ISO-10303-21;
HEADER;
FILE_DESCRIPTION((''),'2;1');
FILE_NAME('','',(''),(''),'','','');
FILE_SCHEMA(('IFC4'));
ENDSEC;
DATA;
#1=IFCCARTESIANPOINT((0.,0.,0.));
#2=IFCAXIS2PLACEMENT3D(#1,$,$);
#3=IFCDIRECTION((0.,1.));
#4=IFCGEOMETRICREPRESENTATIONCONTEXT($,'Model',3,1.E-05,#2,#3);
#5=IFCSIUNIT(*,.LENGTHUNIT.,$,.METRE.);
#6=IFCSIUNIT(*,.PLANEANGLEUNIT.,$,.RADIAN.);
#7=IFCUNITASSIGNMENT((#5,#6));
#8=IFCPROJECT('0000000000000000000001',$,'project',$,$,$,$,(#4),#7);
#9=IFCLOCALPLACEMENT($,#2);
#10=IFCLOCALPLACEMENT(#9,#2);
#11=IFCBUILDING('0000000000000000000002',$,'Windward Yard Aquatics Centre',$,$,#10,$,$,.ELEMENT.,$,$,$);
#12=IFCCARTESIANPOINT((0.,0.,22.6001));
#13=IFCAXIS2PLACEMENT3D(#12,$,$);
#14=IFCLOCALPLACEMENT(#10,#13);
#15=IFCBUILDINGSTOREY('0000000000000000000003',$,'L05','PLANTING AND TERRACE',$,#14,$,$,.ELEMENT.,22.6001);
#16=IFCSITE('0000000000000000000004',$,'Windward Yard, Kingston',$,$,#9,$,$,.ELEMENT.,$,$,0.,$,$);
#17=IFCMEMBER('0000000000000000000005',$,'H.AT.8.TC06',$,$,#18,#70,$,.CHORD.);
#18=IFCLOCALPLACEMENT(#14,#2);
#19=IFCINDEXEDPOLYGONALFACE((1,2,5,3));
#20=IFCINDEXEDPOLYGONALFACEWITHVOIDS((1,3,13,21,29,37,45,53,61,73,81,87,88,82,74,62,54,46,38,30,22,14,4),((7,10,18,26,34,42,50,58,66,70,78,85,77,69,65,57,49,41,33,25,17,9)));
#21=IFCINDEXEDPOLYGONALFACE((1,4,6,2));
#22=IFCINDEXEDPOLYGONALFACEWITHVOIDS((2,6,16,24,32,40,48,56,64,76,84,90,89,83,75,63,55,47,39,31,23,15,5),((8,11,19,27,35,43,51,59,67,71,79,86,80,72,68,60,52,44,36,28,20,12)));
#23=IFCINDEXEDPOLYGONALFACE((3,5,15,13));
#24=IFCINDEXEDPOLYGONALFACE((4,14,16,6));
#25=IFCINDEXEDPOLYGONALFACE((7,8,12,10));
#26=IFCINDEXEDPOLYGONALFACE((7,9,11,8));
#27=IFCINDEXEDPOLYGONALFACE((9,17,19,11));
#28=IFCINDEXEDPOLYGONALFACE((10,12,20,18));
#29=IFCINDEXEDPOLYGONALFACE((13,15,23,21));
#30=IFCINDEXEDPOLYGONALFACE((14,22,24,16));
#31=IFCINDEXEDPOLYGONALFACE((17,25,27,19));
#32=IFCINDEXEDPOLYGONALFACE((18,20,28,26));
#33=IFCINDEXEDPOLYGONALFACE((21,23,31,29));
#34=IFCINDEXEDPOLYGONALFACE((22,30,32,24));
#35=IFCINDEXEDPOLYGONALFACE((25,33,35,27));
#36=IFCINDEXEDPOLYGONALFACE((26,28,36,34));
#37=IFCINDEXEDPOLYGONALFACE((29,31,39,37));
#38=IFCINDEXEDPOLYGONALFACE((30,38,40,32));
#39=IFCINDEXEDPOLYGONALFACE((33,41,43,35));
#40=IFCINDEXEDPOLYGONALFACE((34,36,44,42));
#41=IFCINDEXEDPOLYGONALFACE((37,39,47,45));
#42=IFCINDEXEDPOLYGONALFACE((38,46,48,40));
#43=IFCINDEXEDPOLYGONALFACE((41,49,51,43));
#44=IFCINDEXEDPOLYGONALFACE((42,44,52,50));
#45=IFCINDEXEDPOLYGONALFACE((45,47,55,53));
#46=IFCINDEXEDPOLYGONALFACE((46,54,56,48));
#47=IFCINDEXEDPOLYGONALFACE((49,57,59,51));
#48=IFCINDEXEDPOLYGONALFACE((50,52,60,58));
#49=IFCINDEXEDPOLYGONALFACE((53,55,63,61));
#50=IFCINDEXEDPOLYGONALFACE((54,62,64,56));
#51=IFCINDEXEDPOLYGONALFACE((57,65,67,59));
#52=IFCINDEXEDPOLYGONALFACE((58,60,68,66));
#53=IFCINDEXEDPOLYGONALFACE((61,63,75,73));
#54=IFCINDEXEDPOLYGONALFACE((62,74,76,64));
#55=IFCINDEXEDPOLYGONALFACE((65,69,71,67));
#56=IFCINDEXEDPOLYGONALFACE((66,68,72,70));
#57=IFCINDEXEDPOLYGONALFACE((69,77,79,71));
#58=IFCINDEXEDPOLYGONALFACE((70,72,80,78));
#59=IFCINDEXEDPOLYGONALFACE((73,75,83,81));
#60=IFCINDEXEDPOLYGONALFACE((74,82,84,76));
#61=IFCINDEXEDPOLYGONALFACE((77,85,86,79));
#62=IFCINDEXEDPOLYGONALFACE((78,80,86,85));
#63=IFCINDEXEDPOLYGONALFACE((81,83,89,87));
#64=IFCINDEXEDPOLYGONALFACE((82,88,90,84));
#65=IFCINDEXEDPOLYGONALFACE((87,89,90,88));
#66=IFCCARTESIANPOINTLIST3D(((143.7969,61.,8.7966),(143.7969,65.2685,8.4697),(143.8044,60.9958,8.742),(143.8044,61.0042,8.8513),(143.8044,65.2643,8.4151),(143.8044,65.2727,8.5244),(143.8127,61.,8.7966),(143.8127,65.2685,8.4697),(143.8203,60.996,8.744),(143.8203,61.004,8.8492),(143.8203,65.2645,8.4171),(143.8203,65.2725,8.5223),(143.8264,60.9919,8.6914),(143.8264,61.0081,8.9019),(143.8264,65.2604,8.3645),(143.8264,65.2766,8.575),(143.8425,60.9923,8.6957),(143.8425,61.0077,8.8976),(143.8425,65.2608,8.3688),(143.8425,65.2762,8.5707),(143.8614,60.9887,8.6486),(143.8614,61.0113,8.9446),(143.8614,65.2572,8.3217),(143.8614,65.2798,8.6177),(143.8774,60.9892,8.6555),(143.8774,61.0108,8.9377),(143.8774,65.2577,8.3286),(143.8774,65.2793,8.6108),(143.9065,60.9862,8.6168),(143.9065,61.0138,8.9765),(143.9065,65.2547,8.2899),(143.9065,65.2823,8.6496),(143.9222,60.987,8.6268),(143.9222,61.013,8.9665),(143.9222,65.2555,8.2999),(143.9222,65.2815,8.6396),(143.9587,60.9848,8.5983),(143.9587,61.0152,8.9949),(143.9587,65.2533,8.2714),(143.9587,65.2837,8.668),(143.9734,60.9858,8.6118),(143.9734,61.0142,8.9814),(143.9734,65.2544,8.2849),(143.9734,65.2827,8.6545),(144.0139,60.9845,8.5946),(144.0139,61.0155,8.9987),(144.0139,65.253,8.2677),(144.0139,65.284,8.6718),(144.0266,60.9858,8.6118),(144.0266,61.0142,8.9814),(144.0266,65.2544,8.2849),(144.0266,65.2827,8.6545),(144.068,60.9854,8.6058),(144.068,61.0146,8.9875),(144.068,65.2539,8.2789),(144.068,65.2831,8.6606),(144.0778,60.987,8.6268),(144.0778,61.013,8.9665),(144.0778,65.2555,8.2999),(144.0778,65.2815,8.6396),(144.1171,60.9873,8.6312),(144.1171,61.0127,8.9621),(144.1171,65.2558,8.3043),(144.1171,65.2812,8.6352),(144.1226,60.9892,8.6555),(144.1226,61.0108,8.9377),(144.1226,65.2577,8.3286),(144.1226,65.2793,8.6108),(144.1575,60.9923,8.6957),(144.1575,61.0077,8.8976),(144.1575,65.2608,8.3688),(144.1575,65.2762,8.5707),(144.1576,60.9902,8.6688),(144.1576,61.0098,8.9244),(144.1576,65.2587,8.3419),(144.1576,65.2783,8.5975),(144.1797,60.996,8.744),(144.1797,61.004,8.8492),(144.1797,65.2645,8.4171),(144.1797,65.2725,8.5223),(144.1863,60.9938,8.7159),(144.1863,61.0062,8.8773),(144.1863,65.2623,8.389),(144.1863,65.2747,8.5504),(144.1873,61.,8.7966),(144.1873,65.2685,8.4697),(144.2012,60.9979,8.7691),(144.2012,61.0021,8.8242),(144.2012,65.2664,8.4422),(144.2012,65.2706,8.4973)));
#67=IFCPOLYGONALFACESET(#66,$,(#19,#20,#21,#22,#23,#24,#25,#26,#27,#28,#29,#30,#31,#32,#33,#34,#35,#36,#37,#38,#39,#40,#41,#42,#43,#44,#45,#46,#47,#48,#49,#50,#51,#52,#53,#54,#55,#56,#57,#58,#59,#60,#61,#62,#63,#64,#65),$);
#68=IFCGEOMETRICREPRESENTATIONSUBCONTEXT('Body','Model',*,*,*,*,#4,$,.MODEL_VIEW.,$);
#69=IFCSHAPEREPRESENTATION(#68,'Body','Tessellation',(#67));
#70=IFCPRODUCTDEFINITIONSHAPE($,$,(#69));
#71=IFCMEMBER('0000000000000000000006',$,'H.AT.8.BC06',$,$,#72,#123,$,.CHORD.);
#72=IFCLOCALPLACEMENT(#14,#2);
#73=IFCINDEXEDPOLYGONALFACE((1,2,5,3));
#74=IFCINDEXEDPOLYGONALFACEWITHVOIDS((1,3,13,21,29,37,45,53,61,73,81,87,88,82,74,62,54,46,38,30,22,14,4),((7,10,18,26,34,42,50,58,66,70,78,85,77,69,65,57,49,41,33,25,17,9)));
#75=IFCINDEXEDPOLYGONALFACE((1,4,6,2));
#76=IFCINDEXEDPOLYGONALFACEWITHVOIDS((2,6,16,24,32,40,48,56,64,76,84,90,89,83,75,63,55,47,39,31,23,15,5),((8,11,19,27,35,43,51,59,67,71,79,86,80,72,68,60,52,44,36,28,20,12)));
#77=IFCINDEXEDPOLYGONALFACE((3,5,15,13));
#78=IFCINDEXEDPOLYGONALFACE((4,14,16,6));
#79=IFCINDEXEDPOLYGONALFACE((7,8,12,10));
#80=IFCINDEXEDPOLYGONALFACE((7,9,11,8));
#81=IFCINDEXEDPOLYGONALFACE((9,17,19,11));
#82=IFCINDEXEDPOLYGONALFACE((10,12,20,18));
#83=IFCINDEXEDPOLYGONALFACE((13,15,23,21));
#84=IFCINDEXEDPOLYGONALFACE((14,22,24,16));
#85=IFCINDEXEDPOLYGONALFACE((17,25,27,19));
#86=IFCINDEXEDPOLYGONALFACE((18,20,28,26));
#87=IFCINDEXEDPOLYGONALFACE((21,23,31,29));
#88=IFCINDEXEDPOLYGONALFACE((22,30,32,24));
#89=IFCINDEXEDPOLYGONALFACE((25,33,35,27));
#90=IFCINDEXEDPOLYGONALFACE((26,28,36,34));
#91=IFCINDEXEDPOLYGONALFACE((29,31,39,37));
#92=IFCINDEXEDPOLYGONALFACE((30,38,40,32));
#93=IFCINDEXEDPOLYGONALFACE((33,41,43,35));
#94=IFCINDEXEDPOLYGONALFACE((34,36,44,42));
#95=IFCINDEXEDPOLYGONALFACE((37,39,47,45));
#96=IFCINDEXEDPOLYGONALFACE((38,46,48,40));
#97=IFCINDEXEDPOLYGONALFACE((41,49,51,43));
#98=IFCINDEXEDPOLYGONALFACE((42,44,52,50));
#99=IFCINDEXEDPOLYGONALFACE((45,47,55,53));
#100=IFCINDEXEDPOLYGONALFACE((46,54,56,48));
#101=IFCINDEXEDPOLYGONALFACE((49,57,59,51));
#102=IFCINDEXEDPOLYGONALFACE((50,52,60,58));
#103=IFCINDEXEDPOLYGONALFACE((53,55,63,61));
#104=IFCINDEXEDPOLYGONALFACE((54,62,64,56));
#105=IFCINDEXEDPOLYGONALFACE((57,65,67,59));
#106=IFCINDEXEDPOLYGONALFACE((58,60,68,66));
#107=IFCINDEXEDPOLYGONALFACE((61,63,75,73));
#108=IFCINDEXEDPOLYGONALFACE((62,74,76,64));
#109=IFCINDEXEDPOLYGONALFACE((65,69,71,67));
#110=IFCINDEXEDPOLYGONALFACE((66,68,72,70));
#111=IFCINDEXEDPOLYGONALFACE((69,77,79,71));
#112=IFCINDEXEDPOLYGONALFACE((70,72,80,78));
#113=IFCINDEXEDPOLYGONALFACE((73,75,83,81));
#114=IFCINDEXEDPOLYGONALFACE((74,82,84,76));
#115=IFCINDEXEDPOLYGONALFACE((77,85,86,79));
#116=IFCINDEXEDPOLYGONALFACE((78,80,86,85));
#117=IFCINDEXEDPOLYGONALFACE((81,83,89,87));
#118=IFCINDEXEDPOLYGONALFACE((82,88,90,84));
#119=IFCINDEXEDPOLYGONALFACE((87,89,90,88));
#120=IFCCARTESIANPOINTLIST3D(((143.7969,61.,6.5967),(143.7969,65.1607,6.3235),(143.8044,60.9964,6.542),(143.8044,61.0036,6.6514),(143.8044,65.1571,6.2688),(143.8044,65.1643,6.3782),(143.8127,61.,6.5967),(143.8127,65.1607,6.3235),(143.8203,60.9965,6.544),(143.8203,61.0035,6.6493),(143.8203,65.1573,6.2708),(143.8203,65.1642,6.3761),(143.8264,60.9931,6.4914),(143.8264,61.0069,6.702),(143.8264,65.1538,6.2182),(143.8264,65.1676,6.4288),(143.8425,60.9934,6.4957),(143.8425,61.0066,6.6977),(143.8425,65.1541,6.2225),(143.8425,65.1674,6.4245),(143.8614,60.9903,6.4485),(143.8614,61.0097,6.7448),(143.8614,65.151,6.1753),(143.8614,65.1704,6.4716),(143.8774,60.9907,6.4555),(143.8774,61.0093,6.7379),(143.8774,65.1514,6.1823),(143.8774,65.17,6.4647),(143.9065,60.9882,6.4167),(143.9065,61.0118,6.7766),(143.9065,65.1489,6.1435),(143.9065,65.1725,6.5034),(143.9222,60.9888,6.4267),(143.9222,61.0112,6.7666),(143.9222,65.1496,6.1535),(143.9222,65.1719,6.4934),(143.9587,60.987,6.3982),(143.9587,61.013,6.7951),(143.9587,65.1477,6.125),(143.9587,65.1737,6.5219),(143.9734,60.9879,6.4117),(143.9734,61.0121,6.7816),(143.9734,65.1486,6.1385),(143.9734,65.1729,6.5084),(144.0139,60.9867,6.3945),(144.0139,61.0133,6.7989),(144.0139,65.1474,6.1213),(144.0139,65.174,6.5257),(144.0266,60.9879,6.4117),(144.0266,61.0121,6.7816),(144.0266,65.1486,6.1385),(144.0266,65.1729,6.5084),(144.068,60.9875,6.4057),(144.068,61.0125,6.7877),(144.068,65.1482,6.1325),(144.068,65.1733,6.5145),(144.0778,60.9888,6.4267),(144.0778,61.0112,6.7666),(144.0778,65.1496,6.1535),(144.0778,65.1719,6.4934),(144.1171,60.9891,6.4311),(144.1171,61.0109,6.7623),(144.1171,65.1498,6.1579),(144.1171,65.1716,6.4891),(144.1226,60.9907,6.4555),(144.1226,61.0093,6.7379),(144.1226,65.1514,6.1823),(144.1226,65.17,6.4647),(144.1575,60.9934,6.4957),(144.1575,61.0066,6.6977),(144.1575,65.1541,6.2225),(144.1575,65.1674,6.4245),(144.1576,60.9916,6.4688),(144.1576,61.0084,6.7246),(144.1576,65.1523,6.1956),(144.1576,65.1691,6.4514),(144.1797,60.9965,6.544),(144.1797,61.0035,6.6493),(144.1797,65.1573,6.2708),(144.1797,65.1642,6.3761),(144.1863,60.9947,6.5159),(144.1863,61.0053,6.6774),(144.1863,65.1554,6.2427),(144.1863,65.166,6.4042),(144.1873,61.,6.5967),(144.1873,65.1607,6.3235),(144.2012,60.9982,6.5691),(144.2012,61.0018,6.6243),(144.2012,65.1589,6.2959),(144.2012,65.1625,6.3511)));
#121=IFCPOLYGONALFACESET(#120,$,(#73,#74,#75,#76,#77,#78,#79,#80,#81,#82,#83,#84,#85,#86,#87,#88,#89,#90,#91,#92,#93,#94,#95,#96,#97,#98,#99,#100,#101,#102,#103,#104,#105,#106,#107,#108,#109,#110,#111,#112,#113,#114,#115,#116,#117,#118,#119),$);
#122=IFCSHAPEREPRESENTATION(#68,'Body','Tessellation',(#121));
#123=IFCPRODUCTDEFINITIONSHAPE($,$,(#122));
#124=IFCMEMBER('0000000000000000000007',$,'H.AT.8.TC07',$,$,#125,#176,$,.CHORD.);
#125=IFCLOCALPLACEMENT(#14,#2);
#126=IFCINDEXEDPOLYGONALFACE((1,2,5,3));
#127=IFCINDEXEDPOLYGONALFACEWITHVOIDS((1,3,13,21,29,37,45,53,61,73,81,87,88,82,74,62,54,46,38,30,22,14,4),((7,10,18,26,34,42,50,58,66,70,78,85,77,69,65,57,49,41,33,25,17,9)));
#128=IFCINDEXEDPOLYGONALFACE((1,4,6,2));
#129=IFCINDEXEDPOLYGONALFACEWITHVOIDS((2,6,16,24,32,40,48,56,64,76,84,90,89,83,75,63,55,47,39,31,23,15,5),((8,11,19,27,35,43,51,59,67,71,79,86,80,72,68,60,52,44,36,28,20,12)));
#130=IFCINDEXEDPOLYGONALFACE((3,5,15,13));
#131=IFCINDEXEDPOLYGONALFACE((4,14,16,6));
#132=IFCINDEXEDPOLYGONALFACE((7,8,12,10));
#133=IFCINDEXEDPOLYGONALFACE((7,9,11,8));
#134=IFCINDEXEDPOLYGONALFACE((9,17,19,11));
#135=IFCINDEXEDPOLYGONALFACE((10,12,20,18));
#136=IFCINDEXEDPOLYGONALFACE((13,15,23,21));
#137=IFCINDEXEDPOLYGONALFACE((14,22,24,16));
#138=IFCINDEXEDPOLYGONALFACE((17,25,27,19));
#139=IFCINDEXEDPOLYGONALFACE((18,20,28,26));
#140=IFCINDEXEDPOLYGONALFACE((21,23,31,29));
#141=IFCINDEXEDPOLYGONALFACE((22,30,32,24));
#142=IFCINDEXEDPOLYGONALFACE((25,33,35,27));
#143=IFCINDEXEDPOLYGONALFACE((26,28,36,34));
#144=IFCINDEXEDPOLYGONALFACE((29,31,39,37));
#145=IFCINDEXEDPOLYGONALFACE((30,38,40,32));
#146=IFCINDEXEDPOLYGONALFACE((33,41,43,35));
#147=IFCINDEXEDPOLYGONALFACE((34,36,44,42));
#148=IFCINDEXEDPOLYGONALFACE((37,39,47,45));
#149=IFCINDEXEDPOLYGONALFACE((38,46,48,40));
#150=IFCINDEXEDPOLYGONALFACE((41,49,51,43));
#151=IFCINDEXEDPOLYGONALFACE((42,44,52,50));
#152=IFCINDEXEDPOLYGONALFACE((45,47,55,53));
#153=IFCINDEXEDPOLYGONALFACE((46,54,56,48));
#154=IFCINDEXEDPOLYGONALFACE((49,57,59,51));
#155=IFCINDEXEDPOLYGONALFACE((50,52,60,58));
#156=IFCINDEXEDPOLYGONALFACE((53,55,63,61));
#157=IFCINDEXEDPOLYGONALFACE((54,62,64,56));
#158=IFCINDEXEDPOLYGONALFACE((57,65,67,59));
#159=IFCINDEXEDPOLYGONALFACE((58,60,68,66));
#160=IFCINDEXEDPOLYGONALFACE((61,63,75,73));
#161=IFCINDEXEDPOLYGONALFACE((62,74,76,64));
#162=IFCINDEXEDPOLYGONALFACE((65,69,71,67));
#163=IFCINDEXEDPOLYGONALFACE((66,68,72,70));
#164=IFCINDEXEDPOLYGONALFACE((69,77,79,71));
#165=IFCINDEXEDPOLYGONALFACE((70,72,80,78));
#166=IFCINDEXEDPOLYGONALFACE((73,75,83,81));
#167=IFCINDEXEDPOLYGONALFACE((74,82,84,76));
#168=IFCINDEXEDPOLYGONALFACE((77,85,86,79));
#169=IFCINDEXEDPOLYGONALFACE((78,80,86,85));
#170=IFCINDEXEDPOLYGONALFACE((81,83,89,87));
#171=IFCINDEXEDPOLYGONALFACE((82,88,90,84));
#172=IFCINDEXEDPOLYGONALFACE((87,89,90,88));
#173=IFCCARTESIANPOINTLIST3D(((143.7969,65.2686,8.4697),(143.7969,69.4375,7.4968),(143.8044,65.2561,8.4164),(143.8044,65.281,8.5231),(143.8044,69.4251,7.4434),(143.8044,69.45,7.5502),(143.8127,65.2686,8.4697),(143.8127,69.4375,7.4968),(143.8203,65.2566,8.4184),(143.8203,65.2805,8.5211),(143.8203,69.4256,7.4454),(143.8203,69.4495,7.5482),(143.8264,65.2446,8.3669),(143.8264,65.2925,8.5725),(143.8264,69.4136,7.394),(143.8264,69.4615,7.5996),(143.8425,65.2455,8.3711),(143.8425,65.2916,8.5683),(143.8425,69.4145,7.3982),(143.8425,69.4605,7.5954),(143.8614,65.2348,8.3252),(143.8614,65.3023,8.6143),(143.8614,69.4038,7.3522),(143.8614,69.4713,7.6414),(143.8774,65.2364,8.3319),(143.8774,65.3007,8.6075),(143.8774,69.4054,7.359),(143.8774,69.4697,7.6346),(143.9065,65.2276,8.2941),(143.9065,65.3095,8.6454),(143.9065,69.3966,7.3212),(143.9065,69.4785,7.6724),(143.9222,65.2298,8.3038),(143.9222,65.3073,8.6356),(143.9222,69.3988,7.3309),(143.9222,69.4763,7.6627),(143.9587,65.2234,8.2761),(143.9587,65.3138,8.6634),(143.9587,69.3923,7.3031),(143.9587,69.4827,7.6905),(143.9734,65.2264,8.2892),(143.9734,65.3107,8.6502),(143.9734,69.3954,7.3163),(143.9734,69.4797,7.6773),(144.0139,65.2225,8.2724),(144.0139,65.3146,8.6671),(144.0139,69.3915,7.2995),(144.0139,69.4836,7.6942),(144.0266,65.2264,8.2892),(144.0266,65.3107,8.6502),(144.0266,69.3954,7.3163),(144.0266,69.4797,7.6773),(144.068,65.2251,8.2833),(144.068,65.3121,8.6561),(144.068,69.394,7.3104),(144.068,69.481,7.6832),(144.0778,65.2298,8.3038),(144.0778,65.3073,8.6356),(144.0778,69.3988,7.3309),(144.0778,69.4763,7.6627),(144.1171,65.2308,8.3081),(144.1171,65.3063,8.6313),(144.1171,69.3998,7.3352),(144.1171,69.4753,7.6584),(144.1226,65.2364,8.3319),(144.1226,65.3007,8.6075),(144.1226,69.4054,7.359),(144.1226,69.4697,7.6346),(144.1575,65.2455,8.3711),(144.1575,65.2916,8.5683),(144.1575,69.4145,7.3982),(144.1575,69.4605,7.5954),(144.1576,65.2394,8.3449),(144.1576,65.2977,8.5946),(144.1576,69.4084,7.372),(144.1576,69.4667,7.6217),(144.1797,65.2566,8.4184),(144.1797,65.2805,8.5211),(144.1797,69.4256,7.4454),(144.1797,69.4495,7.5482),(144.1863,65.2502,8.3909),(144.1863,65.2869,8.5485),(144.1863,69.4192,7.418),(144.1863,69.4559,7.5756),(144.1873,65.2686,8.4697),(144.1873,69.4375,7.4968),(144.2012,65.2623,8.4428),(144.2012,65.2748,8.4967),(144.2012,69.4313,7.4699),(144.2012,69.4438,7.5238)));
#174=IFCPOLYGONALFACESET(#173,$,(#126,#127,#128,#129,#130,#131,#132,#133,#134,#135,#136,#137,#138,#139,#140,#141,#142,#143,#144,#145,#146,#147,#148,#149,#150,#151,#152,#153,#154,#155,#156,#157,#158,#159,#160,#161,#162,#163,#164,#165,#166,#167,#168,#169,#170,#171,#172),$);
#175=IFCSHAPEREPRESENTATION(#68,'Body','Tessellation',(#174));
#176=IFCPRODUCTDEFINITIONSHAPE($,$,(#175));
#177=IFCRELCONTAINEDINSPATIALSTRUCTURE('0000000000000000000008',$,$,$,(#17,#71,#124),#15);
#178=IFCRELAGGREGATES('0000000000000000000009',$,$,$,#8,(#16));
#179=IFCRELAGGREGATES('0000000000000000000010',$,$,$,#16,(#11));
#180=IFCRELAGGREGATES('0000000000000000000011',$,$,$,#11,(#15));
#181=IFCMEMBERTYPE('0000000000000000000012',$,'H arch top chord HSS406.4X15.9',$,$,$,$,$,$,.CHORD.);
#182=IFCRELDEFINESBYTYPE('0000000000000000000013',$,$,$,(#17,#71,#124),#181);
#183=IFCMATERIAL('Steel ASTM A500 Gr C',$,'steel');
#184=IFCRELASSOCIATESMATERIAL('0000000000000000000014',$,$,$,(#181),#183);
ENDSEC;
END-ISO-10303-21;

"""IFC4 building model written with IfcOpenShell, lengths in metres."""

from ifc_helpers import new_model, si_unit, direction, frame, origin, origin_2d, place, context, subcontext, project, spatial, hollow_circle, extrude, material, material_profile, profile_set, type_object, element, save


model = new_model("IFC4")

# Units and contexts
model_context = context("Model", 3, precision=1e-05, world=origin(), true_north=direction((0.0, 1.0)))
body_context = subcontext(model_context, "Body", "Model", "MODEL_VIEW")
ifc_project = project(units=[si_unit("LENGTHUNIT", "METRE"), si_unit("PLANEANGLEUNIT", "RADIAN")], contexts=[model_context])

# Site, building, storey
site_placement = place(None, origin())
site = spatial("IfcSite", under=ifc_project, at=site_placement, Name="Windward Yard, Kingston", CompositionType="ELEMENT", RefElevation=0.0)
building_placement = place(site_placement, origin())
building = spatial("IfcBuilding", under=site, at=building_placement, Name="Windward Yard Aquatics Centre", CompositionType="ELEMENT")
storey_placement = place(building_placement, frame((0.0, 0.0, 22.6001)))
storey = spatial("IfcBuildingStorey", under=building, at=storey_placement, Name="L05", Description="PLANTING AND TERRACE", CompositionType="ELEMENT", Elevation=22.6001)

# Members
ifc_material_1 = material(Name="Steel ASTM A500 Gr C", Category="steel")
ifc_material_profile_1 = material_profile(ifc_material_1, hollow_circle(Radius=0.2031, WallThickness=0.0159, at=origin_2d()), Name="HSS406.4X15.9")
ifc_profile_set_1 = profile_set([ifc_material_profile_1], Name="Steel ASTM A500 Gr C")
member_type_1 = type_object("IfcMemberType", Name="H arch top chord HSS406.4X15.9", PredefinedType="CHORD", material=ifc_profile_set_1)
member_1_placement = place(storey_placement, frame((144.0, 61.0, 8.7966), z_axis=(0.0, 0.99708, -0.076361), x_axis=(-1.0, 0.0, 0.0)))
element("IfcMember", 1, at=member_1_placement, inside=storey, type_object=member_type_1, Name="H.AT.8.TC06", PredefinedType="CHORD", context=body_context, shape_type="SweptSolid", body=[
    extrude(hollow_circle(Radius=0.2031, WallThickness=0.0159, at=origin_2d()), origin(), (0.0, 0.0, 1.0), 4.281),
])
member_2_placement = place(storey_placement, frame((144.0, 61.0, 6.5967), z_axis=(0.0, 0.997851, -0.06552), x_axis=(-1.0, 0.0, 0.0)))
element("IfcMember", 2, at=member_2_placement, inside=storey, type_object=member_type_1, Name="H.AT.8.BC06", PredefinedType="CHORD", context=body_context, shape_type="SweptSolid", body=[
    extrude(hollow_circle(Radius=0.2031, WallThickness=0.0159, at=origin_2d()), origin(), (0.0, 0.0, 1.0), 4.1697),
])
member_3_placement = place(storey_placement, frame((144.0, 65.2686, 8.4697), z_axis=(0.0, 0.973834, -0.227262), x_axis=(-1.0, 0.0, 0.0)))
element("IfcMember", 3, at=member_3_placement, inside=storey, type_object=member_type_1, Name="H.AT.8.TC07", PredefinedType="CHORD", context=body_context, shape_type="SweptSolid", body=[
    extrude(hollow_circle(Radius=0.2031, WallThickness=0.0159, at=origin_2d()), origin(), (0.0, 0.0, 1.0), 4.281),
])

save(model, "model.ifc")
